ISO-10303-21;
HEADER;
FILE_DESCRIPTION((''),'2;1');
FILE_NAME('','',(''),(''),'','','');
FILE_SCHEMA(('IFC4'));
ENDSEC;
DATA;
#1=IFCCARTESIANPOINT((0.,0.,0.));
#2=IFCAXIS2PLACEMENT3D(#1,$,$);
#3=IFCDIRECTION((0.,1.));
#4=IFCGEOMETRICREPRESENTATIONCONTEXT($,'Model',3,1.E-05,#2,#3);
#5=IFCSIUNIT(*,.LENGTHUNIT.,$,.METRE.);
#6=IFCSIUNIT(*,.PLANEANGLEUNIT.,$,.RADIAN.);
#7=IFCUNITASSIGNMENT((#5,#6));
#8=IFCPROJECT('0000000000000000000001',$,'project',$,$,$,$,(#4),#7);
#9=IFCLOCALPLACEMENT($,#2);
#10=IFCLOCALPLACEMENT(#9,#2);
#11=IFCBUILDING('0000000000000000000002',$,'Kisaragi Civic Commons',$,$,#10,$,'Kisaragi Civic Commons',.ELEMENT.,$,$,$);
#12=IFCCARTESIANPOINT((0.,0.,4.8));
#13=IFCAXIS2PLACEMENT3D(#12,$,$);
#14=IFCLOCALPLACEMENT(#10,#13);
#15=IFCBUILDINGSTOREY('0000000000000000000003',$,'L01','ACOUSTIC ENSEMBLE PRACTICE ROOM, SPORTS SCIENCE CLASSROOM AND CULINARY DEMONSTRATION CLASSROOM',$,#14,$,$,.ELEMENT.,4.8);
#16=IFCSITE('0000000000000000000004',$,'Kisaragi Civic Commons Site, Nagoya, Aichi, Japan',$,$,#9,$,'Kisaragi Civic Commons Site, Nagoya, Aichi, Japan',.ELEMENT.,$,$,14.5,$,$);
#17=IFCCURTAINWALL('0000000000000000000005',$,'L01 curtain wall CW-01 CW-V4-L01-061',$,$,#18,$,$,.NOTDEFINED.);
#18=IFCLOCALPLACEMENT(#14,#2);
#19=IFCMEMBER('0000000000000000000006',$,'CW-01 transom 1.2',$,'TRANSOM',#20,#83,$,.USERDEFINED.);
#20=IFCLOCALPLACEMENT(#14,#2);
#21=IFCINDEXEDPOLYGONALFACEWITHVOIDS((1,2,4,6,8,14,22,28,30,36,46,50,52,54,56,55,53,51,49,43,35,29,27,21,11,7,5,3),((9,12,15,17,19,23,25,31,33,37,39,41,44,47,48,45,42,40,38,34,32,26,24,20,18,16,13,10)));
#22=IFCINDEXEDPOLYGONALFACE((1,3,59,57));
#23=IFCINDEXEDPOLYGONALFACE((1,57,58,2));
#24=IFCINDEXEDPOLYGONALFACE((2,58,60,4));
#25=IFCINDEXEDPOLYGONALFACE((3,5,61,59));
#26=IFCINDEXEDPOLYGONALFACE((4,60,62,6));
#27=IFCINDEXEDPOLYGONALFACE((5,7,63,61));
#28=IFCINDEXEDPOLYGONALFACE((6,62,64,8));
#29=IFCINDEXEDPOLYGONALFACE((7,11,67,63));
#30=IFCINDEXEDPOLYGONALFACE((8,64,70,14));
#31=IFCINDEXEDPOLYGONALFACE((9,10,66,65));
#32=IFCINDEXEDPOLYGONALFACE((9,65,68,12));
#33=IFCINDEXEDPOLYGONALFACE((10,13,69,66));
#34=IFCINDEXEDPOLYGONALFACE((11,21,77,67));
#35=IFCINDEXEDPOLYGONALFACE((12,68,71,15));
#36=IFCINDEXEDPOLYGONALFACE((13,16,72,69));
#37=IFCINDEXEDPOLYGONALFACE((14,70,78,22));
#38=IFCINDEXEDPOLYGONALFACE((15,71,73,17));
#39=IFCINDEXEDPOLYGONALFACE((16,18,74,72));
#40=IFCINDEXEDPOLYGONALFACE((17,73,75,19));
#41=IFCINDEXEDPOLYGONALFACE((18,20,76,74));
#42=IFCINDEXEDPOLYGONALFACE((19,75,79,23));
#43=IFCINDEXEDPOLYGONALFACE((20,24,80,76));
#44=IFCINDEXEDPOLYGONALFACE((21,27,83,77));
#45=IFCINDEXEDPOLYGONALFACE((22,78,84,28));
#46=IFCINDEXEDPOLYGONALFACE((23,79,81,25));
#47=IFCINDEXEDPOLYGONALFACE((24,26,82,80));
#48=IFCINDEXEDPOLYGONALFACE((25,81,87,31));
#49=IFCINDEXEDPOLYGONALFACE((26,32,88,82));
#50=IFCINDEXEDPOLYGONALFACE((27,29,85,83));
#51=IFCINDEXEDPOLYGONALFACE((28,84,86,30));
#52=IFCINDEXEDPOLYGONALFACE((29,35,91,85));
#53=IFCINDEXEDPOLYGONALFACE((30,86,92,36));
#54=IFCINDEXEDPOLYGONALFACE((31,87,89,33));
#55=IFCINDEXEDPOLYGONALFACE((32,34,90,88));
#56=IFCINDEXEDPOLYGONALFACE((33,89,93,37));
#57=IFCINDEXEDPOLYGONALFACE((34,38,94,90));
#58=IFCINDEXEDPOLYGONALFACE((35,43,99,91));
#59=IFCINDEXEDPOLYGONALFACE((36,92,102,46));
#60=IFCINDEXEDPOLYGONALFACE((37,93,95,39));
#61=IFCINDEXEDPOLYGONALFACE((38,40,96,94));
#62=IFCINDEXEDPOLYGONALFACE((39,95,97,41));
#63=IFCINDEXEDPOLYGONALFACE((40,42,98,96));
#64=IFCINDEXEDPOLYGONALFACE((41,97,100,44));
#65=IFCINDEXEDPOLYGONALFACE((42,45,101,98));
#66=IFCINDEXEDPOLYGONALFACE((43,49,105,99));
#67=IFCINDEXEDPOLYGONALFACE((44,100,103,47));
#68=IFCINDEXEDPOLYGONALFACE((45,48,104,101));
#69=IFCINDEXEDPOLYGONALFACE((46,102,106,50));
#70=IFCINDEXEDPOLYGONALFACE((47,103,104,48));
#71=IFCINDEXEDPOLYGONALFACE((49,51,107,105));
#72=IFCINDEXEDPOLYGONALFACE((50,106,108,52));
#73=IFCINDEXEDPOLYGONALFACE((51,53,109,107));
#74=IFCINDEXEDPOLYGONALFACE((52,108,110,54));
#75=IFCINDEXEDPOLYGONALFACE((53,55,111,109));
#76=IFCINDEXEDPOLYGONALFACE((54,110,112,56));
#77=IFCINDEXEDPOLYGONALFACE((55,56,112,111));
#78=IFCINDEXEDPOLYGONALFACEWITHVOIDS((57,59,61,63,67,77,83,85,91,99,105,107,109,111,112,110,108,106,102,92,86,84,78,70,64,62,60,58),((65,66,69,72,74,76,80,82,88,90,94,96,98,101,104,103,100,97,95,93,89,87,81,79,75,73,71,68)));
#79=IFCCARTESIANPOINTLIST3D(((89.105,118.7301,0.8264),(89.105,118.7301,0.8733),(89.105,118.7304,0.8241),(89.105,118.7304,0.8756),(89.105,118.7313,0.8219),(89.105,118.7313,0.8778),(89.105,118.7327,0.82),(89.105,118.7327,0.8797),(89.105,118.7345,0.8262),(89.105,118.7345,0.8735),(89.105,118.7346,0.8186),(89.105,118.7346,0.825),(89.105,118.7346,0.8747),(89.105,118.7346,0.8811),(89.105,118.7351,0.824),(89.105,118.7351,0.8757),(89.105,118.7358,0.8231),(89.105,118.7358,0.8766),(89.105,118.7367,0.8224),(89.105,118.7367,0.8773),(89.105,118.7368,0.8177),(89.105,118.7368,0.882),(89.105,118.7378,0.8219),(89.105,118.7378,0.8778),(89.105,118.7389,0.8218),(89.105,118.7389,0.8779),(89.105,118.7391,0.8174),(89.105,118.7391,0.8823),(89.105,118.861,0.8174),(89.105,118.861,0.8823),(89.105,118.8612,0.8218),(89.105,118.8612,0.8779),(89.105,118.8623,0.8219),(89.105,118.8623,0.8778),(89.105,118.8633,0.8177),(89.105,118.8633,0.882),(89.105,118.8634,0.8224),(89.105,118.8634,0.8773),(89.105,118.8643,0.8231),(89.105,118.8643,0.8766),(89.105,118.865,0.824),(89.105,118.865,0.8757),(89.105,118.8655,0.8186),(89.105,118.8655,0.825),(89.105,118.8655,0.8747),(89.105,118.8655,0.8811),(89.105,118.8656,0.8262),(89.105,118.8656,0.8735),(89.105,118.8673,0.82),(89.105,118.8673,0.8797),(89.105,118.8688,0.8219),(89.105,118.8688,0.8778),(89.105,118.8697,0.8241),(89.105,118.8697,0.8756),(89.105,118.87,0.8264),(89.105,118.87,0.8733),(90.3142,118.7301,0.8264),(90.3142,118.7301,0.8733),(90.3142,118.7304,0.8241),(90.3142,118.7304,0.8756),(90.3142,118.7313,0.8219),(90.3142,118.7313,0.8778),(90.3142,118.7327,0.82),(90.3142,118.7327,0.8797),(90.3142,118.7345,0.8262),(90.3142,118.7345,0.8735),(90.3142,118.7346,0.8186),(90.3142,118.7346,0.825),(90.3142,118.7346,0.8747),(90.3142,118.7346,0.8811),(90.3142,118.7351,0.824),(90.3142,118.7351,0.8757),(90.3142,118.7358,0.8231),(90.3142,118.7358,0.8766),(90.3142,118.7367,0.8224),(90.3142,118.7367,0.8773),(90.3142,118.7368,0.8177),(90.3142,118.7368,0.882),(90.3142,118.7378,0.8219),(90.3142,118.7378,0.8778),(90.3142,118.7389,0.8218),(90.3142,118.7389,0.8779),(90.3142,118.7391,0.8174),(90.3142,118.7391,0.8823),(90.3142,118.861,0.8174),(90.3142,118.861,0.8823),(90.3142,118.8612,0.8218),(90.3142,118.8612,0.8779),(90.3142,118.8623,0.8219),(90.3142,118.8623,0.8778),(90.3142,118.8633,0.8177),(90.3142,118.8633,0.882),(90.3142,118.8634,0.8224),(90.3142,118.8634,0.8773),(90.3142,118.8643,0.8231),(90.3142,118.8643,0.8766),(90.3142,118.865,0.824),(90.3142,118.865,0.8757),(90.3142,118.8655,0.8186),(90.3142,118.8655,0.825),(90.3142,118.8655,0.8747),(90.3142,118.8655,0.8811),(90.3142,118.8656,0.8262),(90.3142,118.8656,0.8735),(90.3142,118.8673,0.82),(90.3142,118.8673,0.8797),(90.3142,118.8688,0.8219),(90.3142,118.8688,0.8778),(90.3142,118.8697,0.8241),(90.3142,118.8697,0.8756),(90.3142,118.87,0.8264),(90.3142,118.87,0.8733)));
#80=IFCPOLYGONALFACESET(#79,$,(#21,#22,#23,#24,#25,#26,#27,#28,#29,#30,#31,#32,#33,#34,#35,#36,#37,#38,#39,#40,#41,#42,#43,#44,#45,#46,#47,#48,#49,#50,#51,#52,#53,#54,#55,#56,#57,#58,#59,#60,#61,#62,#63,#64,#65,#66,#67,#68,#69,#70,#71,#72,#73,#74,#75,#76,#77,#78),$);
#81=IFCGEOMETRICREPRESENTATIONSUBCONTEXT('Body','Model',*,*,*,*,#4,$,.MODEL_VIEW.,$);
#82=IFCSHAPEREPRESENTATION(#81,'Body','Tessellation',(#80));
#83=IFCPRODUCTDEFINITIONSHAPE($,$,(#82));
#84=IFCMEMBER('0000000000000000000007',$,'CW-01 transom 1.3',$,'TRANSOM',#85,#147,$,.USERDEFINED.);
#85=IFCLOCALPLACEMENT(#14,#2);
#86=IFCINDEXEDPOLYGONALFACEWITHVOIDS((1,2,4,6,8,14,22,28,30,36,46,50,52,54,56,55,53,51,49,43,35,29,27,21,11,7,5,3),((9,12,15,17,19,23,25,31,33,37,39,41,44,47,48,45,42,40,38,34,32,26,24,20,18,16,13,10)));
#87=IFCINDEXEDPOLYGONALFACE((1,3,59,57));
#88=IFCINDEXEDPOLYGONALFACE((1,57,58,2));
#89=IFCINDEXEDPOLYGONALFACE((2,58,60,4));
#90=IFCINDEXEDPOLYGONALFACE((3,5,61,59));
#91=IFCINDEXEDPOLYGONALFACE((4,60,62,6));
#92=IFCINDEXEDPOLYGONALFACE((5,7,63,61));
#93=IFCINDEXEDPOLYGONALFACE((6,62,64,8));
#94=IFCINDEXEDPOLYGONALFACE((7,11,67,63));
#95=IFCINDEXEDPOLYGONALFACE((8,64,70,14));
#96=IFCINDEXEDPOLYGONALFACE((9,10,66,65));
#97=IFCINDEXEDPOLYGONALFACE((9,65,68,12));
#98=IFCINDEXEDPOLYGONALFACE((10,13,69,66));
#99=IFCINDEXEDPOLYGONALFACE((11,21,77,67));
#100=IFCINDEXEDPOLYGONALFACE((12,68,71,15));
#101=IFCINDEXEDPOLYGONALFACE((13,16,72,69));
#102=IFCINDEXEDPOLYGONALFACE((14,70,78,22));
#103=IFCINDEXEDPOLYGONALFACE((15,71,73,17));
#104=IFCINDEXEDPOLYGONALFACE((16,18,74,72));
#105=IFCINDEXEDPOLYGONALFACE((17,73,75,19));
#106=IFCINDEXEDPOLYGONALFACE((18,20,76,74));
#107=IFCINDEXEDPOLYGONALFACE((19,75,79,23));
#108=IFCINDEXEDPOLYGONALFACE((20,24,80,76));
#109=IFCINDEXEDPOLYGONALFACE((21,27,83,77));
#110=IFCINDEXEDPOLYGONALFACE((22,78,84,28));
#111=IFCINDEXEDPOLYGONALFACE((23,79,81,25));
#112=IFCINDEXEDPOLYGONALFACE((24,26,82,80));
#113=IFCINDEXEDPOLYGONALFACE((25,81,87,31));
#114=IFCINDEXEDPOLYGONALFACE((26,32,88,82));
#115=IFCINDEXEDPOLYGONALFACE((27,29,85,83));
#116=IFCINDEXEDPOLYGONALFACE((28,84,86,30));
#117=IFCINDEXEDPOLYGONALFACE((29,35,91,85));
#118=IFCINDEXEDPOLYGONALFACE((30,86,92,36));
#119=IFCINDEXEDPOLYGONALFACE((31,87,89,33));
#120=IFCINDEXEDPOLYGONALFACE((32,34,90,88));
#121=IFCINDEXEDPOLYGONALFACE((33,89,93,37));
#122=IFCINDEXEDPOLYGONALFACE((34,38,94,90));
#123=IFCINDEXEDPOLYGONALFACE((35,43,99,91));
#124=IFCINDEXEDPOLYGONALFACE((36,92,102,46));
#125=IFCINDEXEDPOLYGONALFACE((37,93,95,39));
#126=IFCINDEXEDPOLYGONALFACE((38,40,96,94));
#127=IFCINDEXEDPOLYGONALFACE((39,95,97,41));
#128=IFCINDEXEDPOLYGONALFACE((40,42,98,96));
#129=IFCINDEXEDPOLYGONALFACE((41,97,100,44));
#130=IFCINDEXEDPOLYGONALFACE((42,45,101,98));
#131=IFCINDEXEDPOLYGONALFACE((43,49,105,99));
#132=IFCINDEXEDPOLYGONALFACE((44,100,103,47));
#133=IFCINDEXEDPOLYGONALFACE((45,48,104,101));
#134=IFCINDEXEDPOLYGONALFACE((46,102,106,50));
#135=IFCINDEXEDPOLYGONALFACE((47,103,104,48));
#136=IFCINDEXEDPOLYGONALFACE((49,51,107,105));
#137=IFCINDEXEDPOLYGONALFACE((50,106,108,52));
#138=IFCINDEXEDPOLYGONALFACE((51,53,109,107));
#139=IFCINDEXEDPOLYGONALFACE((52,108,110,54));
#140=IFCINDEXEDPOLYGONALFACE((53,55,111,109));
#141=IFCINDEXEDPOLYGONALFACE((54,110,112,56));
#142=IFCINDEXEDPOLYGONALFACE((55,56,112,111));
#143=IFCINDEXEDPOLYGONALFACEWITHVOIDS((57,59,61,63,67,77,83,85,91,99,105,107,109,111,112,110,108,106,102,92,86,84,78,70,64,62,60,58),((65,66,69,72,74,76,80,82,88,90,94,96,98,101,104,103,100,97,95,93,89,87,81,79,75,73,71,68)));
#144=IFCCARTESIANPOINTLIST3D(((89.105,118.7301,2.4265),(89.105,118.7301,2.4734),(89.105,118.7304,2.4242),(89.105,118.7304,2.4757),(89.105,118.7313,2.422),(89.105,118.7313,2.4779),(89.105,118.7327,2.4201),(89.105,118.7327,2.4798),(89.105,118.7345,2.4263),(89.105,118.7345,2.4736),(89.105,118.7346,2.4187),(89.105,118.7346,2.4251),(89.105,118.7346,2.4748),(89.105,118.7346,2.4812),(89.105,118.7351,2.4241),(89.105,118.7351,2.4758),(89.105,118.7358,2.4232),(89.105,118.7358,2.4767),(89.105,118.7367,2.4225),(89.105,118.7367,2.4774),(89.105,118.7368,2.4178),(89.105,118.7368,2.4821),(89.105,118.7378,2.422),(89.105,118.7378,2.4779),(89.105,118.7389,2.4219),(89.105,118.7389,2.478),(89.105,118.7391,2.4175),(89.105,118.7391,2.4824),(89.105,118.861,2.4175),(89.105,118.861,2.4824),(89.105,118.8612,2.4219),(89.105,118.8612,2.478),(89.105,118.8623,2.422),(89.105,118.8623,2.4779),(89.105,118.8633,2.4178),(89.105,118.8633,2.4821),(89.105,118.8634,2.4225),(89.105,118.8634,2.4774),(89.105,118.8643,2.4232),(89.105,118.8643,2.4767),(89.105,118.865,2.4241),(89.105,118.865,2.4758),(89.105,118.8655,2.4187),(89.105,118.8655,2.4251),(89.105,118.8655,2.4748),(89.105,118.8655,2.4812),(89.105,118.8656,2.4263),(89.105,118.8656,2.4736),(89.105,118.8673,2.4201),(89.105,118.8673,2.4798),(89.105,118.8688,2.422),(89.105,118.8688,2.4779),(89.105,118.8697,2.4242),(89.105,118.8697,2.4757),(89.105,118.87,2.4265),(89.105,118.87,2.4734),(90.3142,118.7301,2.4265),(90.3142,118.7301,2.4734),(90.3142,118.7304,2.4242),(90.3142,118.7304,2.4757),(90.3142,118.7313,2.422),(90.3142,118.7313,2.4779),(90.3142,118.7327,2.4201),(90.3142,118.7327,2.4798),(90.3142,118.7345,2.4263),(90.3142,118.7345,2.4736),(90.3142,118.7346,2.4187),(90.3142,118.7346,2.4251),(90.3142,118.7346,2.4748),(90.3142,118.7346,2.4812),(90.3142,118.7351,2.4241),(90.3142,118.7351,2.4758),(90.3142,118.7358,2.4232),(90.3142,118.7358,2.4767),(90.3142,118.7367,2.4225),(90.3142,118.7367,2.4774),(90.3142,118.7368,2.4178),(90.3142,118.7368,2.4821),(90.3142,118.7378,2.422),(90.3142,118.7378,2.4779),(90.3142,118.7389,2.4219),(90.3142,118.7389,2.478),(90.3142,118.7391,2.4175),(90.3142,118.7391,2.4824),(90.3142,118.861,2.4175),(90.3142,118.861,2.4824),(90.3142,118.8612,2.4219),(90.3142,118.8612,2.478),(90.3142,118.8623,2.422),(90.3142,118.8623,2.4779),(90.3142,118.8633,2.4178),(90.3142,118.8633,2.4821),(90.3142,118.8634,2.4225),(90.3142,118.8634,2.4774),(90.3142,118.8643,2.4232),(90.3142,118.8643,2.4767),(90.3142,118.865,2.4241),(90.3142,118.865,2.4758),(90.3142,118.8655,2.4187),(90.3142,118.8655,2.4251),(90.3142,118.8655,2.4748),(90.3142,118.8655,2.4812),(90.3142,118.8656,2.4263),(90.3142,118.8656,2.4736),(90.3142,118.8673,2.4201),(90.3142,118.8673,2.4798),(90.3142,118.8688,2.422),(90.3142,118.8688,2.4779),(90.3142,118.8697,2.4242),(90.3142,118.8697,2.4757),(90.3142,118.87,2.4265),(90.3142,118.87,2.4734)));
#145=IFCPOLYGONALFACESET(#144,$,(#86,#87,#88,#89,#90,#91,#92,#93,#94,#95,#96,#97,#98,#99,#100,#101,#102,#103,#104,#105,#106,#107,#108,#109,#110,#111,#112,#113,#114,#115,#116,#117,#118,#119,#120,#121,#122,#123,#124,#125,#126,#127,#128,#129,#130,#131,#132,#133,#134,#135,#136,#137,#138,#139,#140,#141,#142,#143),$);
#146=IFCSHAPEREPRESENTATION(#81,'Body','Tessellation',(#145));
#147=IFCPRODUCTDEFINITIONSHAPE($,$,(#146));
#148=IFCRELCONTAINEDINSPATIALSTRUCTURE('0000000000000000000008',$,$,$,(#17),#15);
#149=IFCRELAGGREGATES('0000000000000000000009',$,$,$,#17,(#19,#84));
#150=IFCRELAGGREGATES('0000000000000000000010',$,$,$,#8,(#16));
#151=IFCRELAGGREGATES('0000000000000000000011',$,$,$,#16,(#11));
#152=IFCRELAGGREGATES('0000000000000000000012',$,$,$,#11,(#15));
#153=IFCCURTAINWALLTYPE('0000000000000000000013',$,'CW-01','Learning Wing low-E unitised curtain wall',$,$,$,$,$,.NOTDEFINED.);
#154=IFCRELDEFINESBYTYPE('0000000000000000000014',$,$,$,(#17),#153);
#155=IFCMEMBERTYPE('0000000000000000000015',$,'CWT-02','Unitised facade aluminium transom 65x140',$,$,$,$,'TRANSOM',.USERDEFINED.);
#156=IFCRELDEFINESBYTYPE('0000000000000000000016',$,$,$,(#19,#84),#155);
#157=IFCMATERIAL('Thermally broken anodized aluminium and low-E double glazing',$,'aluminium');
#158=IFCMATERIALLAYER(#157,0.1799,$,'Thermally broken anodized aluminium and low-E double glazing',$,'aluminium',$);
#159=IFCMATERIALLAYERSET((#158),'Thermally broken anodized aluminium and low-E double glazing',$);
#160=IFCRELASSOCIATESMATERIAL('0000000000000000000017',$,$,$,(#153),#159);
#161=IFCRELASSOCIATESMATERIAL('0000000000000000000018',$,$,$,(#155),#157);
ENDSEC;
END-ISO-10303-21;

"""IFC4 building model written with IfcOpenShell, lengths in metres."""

from ifc_helpers import new_model, si_unit, direction, frame, origin, origin_2d, place, context, subcontext, project, spatial, hollow_rectangle, extrude, material, layer, layer_set, material_profile, profile_set, type_object, element, aggregate, save


model = new_model("IFC4")

# Units and contexts
model_context = context("Model", 3, precision=1e-05, world=origin(), true_north=direction((0.0, 1.0)))
body_context = subcontext(model_context, "Body", "Model", "MODEL_VIEW")
ifc_project = project(units=[si_unit("LENGTHUNIT", "METRE"), si_unit("PLANEANGLEUNIT", "RADIAN")], contexts=[model_context])

# Site, building, storey
site_placement = place(None, origin())
site = spatial("IfcSite", under=ifc_project, at=site_placement, Name="Kisaragi Civic Commons Site, Nagoya, Aichi, Japan", LongName="Kisaragi Civic Commons Site, Nagoya, Aichi, Japan", CompositionType="ELEMENT", RefElevation=14.5)
building_placement = place(site_placement, origin())
building = spatial("IfcBuilding", under=site, at=building_placement, Name="Kisaragi Civic Commons", LongName="Kisaragi Civic Commons", CompositionType="ELEMENT")
storey_placement = place(building_placement, frame((0.0, 0.0, 4.8)))
storey = spatial("IfcBuildingStorey", under=building, at=storey_placement, Name="L01", Description="ACOUSTIC ENSEMBLE PRACTICE ROOM, SPORTS SCIENCE CLASSROOM AND CULINARY DEMONSTRATION CLASSROOM", CompositionType="ELEMENT", Elevation=4.8)

# Curtain wall, members
ifc_material_1 = material(Name="Thermally broken anodized aluminium and low-E double glazing", Category="aluminium")
ifc_layer_1 = layer(ifc_material_1, 0.1799, Name="Thermally broken anodized aluminium and low-E double glazing", Category="aluminium")
ifc_layer_set_1 = layer_set([ifc_layer_1], Name="Thermally broken anodized aluminium and low-E double glazing")
curtain_wall_type = type_object("IfcCurtainWallType", Name="CW-01", Description="Learning Wing low-E unitised curtain wall", PredefinedType="NOTDEFINED", material=ifc_layer_set_1)
curtain_wall_placement = place(storey_placement, origin())
curtain_wall = element("IfcCurtainWall", 1, at=curtain_wall_placement, inside=storey, type_object=curtain_wall_type, Name="L01 curtain wall CW-01 CW-V4-L01-061", PredefinedType="NOTDEFINED")
ifc_material_profile_1 = material_profile(ifc_material_1, hollow_rectangle(XDim=0.1399, YDim=0.0649, WallThickness=0.0044, InnerFilletRadius=0.0044, OuterFilletRadius=0.009, at=origin_2d()), Name="CWT-65x140x4.5", Category="aluminium")
ifc_profile_set_1 = profile_set([ifc_material_profile_1], Name="Thermally broken anodized aluminium and low-E double glazing")
member_type_1 = type_object("IfcMemberType", Name="CWT-02", Description="Unitised facade aluminium transom 65x140", ElementType="TRANSOM", PredefinedType="USERDEFINED", material=ifc_profile_set_1)
member_1_placement = place(storey_placement, frame((89.105, 118.8, 0.8499), z_axis=(1.0, 0.0, 0.0), x_axis=(0.0, 1.0, 0.0)))
member_1 = element("IfcMember", 2, at=member_1_placement, type_object=member_type_1, Name="CW-01 transom 1.2", ObjectType="TRANSOM", PredefinedType="USERDEFINED", context=body_context, shape_type="SweptSolid", body=[
    extrude(hollow_rectangle(XDim=0.1399, YDim=0.0649, WallThickness=0.0044, InnerFilletRadius=0.0044, OuterFilletRadius=0.009, at=origin_2d()), origin(), (0.0, 0.0, 1.0), 1.2092),
])
member_2_placement = place(storey_placement, frame((89.105, 118.8, 2.45), z_axis=(1.0, 0.0, 0.0), x_axis=(0.0, 1.0, 0.0)))
member_2 = element("IfcMember", 3, at=member_2_placement, type_object=member_type_1, Name="CW-01 transom 1.3", ObjectType="TRANSOM", PredefinedType="USERDEFINED", context=body_context, shape_type="SweptSolid", body=[
    extrude(hollow_rectangle(XDim=0.1399, YDim=0.0649, WallThickness=0.0044, InnerFilletRadius=0.0044, OuterFilletRadius=0.009, at=origin_2d()), origin(), (0.0, 0.0, 1.0), 1.2092),
])

aggregate(curtain_wall, [member_1, member_2])

save(model, "model.ifc")
